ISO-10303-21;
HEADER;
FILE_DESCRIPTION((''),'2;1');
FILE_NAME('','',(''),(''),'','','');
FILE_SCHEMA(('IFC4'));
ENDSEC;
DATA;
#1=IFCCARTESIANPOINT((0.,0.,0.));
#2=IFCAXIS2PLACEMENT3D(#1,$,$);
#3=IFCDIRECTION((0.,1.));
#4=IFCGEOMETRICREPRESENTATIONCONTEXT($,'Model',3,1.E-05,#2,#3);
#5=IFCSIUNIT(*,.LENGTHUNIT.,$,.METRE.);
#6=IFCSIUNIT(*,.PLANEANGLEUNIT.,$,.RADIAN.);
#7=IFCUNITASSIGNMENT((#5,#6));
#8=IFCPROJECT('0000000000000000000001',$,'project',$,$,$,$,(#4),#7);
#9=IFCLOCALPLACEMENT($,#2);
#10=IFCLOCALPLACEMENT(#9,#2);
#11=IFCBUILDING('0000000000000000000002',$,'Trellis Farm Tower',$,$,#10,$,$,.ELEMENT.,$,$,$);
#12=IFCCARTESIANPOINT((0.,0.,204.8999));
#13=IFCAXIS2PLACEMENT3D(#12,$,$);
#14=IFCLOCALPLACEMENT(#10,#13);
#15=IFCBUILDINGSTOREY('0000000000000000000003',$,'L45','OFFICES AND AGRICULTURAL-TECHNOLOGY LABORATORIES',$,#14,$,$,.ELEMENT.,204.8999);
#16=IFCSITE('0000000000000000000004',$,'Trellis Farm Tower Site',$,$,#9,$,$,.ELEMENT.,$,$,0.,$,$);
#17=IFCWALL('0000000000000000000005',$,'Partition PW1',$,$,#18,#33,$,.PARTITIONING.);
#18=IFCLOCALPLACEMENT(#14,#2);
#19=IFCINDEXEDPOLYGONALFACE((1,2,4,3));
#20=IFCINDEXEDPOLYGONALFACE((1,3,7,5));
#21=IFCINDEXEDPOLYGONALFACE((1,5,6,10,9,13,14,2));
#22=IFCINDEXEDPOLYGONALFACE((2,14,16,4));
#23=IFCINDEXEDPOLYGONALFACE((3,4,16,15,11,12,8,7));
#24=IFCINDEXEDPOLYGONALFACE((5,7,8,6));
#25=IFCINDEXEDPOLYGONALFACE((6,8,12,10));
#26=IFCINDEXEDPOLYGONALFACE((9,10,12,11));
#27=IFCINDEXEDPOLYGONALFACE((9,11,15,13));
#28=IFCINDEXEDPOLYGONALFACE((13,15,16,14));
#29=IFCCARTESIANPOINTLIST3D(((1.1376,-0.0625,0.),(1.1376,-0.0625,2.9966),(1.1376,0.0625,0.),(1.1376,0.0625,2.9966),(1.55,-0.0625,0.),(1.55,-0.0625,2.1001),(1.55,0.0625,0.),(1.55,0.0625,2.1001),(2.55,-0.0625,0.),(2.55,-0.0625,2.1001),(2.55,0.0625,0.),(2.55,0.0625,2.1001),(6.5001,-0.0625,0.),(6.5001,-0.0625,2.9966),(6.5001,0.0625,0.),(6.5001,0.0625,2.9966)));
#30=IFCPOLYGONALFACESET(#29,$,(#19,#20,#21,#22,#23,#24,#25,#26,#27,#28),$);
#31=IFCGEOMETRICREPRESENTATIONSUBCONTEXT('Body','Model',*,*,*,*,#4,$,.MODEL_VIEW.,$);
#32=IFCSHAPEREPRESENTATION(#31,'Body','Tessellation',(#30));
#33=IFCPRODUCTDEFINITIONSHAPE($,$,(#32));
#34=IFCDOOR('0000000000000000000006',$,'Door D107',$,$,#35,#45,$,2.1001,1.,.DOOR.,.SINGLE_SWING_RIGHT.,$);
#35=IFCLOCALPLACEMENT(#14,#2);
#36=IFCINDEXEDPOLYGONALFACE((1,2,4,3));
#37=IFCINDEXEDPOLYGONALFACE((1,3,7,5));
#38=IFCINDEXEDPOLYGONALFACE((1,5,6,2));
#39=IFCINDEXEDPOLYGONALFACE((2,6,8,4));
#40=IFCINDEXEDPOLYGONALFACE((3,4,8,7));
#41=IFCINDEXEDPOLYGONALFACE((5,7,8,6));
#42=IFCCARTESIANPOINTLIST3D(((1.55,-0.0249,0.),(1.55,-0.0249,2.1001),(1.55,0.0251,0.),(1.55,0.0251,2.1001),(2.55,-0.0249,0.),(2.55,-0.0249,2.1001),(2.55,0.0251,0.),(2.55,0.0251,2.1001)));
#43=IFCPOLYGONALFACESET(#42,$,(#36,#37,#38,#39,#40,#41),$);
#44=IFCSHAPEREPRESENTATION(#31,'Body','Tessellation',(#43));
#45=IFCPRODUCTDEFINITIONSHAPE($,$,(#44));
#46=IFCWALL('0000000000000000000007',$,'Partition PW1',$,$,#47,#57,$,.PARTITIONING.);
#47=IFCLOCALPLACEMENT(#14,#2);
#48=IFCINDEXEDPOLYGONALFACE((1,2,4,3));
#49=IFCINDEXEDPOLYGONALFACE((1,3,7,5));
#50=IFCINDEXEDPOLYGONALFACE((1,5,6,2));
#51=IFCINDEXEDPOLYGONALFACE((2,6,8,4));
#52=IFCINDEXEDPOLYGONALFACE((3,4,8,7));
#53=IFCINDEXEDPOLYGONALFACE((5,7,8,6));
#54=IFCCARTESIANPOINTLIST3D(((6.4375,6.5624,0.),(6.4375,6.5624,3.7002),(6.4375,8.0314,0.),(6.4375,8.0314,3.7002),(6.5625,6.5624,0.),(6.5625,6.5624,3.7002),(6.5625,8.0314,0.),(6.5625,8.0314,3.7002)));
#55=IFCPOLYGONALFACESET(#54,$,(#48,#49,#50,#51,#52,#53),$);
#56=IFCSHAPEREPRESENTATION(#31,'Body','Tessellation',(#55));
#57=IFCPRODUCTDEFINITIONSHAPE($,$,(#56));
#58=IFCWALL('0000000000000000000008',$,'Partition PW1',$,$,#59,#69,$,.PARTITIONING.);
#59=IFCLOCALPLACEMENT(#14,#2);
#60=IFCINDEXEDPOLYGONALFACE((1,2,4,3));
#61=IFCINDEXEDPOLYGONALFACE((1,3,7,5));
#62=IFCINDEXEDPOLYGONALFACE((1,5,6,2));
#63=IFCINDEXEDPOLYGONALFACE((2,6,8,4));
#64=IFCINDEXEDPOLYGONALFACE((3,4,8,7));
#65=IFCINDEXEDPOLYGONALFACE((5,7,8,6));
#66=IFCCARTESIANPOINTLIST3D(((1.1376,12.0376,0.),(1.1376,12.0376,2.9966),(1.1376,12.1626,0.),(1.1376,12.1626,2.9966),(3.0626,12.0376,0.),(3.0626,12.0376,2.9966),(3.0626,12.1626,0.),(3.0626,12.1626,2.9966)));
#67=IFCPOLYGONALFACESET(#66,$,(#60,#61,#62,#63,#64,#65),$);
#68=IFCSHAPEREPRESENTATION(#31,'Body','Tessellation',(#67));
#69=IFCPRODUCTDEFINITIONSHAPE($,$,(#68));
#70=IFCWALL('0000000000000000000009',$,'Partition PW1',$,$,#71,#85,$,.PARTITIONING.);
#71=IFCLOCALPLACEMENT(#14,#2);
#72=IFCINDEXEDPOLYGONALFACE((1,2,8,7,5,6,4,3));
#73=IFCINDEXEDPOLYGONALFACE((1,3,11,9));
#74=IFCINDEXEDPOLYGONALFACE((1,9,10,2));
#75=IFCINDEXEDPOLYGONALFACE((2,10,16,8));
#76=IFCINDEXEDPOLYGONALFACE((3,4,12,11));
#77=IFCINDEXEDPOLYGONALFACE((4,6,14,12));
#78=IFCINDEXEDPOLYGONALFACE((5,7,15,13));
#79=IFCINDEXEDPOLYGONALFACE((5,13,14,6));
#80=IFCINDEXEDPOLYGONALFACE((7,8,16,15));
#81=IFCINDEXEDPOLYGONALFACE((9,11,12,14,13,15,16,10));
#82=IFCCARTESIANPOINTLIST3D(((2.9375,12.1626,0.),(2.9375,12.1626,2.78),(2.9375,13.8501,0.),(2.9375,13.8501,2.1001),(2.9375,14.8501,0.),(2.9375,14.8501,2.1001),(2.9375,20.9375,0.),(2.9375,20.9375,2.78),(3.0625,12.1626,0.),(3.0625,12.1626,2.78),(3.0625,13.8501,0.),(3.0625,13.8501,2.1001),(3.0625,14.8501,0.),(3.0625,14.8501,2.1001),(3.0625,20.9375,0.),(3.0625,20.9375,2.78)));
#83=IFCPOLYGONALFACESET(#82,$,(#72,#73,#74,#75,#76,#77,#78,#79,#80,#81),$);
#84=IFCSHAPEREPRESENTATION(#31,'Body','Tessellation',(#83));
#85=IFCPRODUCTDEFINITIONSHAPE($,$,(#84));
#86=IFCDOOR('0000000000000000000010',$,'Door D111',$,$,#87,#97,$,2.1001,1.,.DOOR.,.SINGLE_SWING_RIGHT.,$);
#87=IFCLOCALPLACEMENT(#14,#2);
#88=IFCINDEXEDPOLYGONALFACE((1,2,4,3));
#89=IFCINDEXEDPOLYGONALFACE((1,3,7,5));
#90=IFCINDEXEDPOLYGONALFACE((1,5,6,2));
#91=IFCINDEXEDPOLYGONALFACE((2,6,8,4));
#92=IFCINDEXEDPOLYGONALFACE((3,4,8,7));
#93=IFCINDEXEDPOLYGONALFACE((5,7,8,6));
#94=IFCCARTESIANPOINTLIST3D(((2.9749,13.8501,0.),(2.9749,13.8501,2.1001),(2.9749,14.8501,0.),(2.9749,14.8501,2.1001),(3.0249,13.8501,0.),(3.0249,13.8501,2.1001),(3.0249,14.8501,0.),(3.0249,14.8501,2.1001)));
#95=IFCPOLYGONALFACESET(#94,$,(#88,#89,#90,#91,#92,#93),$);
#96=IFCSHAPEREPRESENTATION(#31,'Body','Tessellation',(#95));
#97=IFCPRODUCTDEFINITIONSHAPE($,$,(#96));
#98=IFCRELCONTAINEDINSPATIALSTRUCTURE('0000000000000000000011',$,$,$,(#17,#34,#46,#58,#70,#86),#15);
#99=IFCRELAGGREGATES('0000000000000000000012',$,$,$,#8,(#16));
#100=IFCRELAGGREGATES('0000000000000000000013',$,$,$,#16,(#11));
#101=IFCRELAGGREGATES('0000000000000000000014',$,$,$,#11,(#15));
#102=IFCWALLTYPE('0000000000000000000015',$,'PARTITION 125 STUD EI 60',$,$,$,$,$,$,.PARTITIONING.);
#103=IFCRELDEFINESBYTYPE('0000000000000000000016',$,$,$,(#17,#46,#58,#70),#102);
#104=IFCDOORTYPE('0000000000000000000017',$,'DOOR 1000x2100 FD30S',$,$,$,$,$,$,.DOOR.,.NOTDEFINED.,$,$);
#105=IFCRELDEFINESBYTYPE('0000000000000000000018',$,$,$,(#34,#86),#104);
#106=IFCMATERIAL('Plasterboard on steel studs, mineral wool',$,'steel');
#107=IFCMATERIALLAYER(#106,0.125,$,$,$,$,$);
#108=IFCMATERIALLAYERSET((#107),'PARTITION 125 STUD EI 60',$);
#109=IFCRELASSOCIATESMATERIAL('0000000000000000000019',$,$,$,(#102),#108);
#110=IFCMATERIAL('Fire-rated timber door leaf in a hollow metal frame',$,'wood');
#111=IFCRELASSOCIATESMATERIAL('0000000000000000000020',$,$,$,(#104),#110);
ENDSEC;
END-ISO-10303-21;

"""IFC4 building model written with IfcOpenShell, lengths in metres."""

from ifc_helpers import new_model, si_unit, direction, frame, frame_2d, origin, place, context, subcontext, project, spatial, rectangle, extrude, source, transform, mapped, material, layer, layer_set, type_object, element, fill, save


model = new_model("IFC4")

# Units and contexts
model_context = context("Model", 3, precision=1e-05, world=origin(), true_north=direction((0.0, 1.0)))
body_context = subcontext(model_context, "Body", "Model", "MODEL_VIEW")
ifc_project = project(units=[si_unit("LENGTHUNIT", "METRE"), si_unit("PLANEANGLEUNIT", "RADIAN")], contexts=[model_context])

# Site, building, storey
site_placement = place(None, origin())
site = spatial("IfcSite", under=ifc_project, at=site_placement, Name="Trellis Farm Tower Site", CompositionType="ELEMENT", RefElevation=0.0)
building_placement = place(site_placement, origin())
building = spatial("IfcBuilding", under=site, at=building_placement, Name="Trellis Farm Tower", CompositionType="ELEMENT")
storey_placement = place(building_placement, frame((0.0, 0.0, 204.8999)))
storey = spatial("IfcBuildingStorey", under=building, at=storey_placement, Name="L45", Description="OFFICES AND AGRICULTURAL-TECHNOLOGY LABORATORIES", CompositionType="ELEMENT", Elevation=204.8999)

# Wall, opening, door
ifc_material_1 = material(Name="Plasterboard on steel studs, mineral wool", Category="steel")
ifc_layer_1 = layer(ifc_material_1, 0.125)
ifc_layer_set_1 = layer_set([ifc_layer_1], Name="PARTITION 125 STUD EI 60")
wall_type_1 = type_object("IfcWallType", Name="PARTITION 125 STUD EI 60", PredefinedType="PARTITIONING", material=ifc_layer_set_1)
shared_shape_1 = source(origin(), body_context, "Body", "SweptSolid", [
    extrude(rectangle(XDim=5.3625, YDim=0.125, at=frame_2d((2.6812, 0.0))), origin(), (0.0, 0.0, 1.0), 2.9966),
])
wall_1_placement = place(storey_placement, frame((6.5, 0.0, 0.0), z_axis=(0.0, 0.0, 1.0), x_axis=(-1.0, 0.0, 0.0)))
wall_1 = element("IfcWall", 1, at=wall_1_placement, inside=storey, type_object=wall_type_1, Name="Partition PW1", PredefinedType="PARTITIONING", context=body_context, shape_type="MappedRepresentation", body=[
    mapped(shared_shape_1, transform((0.0, 0.0, 0.0))),
])
shared_shape_2 = source(origin(), body_context, "Body", "SweptSolid", [
    extrude(rectangle(XDim=1.0, YDim=2.1001, at=frame_2d((0.5, 1.05))), frame((0.0, 0.0725, 0.0), z_axis=(0.0, -1.0, 0.0), x_axis=(1.0, 0.0, 0.0)), (0.0, 0.0, 1.0), 0.145),
])
opening_1_placement = place(wall_1_placement, frame((3.95, 0.0, 0.0)))
opening_1 = element("IfcOpeningElement", 2, at=opening_1_placement, cuts=wall_1, PredefinedType="OPENING", context=body_context, shape_type="MappedRepresentation", body=[
    mapped(shared_shape_2, transform((0.0, 0.0, 0.0))),
])
ifc_material_2 = material(Name="Fire-rated timber door leaf in a hollow metal frame", Category="wood")
door_type_1 = type_object("IfcDoorType", Name="DOOR 1000x2100 FD30S", OperationType="NOTDEFINED", PredefinedType="DOOR", material=ifc_material_2)
shared_shape_3 = source(origin(), body_context, "Body", "SweptSolid", [
    extrude(rectangle(XDim=1.0, YDim=2.1001, at=frame_2d((0.5, 1.05))), frame((0.0, 0.0249, 0.0), z_axis=(0.0, -1.0, 0.0), x_axis=(1.0, 0.0, 0.0)), (0.0, 0.0, 1.0), 0.05),
])
door_1_placement = place(opening_1_placement, origin())
door_1 = element("IfcDoor", 3, at=door_1_placement, inside=storey, type_object=door_type_1, Name="Door D107", OperationType="SINGLE_SWING_RIGHT", OverallHeight=2.1001, OverallWidth=1.0, PredefinedType="DOOR", context=body_context, shape_type="MappedRepresentation", body=[
    mapped(shared_shape_3, transform((0.0, 0.0, 0.0))),
])
fill(opening_1, door_1)

# Walls
shared_shape_4 = source(origin(), body_context, "Body", "SweptSolid", [
    extrude(rectangle(XDim=1.469, YDim=0.125, at=frame_2d((0.7344, 0.0))), origin(), (0.0, 0.0, 1.0), 3.7002),
])
wall_2_placement = place(storey_placement, frame((6.5, 6.5625, 0.0), z_axis=(0.0, 0.0, 1.0), x_axis=(0.0, 1.0, 0.0)))
element("IfcWall", 4, at=wall_2_placement, inside=storey, type_object=wall_type_1, Name="Partition PW1", PredefinedType="PARTITIONING", context=body_context, shape_type="MappedRepresentation", body=[
    mapped(shared_shape_4, transform((0.0, 0.0, 0.0))),
])
shared_shape_5 = source(origin(), body_context, "Body", "SweptSolid", [
    extrude(rectangle(XDim=1.925, YDim=0.125, at=frame_2d((0.9624, 0.0))), origin(), (0.0, 0.0, 1.0), 2.9966),
])
wall_3_placement = place(storey_placement, frame((3.0625, 12.1001, 0.0), z_axis=(0.0, 0.0, 1.0), x_axis=(-1.0, 0.0, 0.0)))
element("IfcWall", 5, at=wall_3_placement, inside=storey, type_object=wall_type_1, Name="Partition PW1", PredefinedType="PARTITIONING", context=body_context, shape_type="MappedRepresentation", body=[
    mapped(shared_shape_5, transform((0.0, 0.0, 0.0))),
])

# Wall, opening, door
shared_shape_6 = source(origin(), body_context, "Body", "SweptSolid", [
    extrude(rectangle(XDim=8.7749, YDim=0.125, at=frame_2d((4.3875, 0.0))), origin(), (0.0, 0.0, 1.0), 2.78),
])
wall_4_placement = place(storey_placement, frame((3.0, 20.9375, 0.0), z_axis=(0.0, 0.0, 1.0), x_axis=(0.0, -1.0, 0.0)))
wall_4 = element("IfcWall", 6, at=wall_4_placement, inside=storey, type_object=wall_type_1, Name="Partition PW1", PredefinedType="PARTITIONING", context=body_context, shape_type="MappedRepresentation", body=[
    mapped(shared_shape_6, transform((0.0, 0.0, 0.0))),
])
opening_2_placement = place(wall_4_placement, frame((6.0874, 0.0, 0.0)))
opening_2 = element("IfcOpeningElement", 7, at=opening_2_placement, cuts=wall_4, PredefinedType="OPENING", context=body_context, shape_type="MappedRepresentation", body=[
    mapped(shared_shape_2, transform((0.0, 0.0, 0.0))),
])
door_2_placement = place(opening_2_placement, origin())
door_2 = element("IfcDoor", 8, at=door_2_placement, inside=storey, type_object=door_type_1, Name="Door D111", OperationType="SINGLE_SWING_RIGHT", OverallHeight=2.1001, OverallWidth=1.0, PredefinedType="DOOR", context=body_context, shape_type="MappedRepresentation", body=[
    mapped(shared_shape_3, transform((0.0, 0.0, 0.0))),
])
fill(opening_2, door_2)

save(model, "model.ifc")
